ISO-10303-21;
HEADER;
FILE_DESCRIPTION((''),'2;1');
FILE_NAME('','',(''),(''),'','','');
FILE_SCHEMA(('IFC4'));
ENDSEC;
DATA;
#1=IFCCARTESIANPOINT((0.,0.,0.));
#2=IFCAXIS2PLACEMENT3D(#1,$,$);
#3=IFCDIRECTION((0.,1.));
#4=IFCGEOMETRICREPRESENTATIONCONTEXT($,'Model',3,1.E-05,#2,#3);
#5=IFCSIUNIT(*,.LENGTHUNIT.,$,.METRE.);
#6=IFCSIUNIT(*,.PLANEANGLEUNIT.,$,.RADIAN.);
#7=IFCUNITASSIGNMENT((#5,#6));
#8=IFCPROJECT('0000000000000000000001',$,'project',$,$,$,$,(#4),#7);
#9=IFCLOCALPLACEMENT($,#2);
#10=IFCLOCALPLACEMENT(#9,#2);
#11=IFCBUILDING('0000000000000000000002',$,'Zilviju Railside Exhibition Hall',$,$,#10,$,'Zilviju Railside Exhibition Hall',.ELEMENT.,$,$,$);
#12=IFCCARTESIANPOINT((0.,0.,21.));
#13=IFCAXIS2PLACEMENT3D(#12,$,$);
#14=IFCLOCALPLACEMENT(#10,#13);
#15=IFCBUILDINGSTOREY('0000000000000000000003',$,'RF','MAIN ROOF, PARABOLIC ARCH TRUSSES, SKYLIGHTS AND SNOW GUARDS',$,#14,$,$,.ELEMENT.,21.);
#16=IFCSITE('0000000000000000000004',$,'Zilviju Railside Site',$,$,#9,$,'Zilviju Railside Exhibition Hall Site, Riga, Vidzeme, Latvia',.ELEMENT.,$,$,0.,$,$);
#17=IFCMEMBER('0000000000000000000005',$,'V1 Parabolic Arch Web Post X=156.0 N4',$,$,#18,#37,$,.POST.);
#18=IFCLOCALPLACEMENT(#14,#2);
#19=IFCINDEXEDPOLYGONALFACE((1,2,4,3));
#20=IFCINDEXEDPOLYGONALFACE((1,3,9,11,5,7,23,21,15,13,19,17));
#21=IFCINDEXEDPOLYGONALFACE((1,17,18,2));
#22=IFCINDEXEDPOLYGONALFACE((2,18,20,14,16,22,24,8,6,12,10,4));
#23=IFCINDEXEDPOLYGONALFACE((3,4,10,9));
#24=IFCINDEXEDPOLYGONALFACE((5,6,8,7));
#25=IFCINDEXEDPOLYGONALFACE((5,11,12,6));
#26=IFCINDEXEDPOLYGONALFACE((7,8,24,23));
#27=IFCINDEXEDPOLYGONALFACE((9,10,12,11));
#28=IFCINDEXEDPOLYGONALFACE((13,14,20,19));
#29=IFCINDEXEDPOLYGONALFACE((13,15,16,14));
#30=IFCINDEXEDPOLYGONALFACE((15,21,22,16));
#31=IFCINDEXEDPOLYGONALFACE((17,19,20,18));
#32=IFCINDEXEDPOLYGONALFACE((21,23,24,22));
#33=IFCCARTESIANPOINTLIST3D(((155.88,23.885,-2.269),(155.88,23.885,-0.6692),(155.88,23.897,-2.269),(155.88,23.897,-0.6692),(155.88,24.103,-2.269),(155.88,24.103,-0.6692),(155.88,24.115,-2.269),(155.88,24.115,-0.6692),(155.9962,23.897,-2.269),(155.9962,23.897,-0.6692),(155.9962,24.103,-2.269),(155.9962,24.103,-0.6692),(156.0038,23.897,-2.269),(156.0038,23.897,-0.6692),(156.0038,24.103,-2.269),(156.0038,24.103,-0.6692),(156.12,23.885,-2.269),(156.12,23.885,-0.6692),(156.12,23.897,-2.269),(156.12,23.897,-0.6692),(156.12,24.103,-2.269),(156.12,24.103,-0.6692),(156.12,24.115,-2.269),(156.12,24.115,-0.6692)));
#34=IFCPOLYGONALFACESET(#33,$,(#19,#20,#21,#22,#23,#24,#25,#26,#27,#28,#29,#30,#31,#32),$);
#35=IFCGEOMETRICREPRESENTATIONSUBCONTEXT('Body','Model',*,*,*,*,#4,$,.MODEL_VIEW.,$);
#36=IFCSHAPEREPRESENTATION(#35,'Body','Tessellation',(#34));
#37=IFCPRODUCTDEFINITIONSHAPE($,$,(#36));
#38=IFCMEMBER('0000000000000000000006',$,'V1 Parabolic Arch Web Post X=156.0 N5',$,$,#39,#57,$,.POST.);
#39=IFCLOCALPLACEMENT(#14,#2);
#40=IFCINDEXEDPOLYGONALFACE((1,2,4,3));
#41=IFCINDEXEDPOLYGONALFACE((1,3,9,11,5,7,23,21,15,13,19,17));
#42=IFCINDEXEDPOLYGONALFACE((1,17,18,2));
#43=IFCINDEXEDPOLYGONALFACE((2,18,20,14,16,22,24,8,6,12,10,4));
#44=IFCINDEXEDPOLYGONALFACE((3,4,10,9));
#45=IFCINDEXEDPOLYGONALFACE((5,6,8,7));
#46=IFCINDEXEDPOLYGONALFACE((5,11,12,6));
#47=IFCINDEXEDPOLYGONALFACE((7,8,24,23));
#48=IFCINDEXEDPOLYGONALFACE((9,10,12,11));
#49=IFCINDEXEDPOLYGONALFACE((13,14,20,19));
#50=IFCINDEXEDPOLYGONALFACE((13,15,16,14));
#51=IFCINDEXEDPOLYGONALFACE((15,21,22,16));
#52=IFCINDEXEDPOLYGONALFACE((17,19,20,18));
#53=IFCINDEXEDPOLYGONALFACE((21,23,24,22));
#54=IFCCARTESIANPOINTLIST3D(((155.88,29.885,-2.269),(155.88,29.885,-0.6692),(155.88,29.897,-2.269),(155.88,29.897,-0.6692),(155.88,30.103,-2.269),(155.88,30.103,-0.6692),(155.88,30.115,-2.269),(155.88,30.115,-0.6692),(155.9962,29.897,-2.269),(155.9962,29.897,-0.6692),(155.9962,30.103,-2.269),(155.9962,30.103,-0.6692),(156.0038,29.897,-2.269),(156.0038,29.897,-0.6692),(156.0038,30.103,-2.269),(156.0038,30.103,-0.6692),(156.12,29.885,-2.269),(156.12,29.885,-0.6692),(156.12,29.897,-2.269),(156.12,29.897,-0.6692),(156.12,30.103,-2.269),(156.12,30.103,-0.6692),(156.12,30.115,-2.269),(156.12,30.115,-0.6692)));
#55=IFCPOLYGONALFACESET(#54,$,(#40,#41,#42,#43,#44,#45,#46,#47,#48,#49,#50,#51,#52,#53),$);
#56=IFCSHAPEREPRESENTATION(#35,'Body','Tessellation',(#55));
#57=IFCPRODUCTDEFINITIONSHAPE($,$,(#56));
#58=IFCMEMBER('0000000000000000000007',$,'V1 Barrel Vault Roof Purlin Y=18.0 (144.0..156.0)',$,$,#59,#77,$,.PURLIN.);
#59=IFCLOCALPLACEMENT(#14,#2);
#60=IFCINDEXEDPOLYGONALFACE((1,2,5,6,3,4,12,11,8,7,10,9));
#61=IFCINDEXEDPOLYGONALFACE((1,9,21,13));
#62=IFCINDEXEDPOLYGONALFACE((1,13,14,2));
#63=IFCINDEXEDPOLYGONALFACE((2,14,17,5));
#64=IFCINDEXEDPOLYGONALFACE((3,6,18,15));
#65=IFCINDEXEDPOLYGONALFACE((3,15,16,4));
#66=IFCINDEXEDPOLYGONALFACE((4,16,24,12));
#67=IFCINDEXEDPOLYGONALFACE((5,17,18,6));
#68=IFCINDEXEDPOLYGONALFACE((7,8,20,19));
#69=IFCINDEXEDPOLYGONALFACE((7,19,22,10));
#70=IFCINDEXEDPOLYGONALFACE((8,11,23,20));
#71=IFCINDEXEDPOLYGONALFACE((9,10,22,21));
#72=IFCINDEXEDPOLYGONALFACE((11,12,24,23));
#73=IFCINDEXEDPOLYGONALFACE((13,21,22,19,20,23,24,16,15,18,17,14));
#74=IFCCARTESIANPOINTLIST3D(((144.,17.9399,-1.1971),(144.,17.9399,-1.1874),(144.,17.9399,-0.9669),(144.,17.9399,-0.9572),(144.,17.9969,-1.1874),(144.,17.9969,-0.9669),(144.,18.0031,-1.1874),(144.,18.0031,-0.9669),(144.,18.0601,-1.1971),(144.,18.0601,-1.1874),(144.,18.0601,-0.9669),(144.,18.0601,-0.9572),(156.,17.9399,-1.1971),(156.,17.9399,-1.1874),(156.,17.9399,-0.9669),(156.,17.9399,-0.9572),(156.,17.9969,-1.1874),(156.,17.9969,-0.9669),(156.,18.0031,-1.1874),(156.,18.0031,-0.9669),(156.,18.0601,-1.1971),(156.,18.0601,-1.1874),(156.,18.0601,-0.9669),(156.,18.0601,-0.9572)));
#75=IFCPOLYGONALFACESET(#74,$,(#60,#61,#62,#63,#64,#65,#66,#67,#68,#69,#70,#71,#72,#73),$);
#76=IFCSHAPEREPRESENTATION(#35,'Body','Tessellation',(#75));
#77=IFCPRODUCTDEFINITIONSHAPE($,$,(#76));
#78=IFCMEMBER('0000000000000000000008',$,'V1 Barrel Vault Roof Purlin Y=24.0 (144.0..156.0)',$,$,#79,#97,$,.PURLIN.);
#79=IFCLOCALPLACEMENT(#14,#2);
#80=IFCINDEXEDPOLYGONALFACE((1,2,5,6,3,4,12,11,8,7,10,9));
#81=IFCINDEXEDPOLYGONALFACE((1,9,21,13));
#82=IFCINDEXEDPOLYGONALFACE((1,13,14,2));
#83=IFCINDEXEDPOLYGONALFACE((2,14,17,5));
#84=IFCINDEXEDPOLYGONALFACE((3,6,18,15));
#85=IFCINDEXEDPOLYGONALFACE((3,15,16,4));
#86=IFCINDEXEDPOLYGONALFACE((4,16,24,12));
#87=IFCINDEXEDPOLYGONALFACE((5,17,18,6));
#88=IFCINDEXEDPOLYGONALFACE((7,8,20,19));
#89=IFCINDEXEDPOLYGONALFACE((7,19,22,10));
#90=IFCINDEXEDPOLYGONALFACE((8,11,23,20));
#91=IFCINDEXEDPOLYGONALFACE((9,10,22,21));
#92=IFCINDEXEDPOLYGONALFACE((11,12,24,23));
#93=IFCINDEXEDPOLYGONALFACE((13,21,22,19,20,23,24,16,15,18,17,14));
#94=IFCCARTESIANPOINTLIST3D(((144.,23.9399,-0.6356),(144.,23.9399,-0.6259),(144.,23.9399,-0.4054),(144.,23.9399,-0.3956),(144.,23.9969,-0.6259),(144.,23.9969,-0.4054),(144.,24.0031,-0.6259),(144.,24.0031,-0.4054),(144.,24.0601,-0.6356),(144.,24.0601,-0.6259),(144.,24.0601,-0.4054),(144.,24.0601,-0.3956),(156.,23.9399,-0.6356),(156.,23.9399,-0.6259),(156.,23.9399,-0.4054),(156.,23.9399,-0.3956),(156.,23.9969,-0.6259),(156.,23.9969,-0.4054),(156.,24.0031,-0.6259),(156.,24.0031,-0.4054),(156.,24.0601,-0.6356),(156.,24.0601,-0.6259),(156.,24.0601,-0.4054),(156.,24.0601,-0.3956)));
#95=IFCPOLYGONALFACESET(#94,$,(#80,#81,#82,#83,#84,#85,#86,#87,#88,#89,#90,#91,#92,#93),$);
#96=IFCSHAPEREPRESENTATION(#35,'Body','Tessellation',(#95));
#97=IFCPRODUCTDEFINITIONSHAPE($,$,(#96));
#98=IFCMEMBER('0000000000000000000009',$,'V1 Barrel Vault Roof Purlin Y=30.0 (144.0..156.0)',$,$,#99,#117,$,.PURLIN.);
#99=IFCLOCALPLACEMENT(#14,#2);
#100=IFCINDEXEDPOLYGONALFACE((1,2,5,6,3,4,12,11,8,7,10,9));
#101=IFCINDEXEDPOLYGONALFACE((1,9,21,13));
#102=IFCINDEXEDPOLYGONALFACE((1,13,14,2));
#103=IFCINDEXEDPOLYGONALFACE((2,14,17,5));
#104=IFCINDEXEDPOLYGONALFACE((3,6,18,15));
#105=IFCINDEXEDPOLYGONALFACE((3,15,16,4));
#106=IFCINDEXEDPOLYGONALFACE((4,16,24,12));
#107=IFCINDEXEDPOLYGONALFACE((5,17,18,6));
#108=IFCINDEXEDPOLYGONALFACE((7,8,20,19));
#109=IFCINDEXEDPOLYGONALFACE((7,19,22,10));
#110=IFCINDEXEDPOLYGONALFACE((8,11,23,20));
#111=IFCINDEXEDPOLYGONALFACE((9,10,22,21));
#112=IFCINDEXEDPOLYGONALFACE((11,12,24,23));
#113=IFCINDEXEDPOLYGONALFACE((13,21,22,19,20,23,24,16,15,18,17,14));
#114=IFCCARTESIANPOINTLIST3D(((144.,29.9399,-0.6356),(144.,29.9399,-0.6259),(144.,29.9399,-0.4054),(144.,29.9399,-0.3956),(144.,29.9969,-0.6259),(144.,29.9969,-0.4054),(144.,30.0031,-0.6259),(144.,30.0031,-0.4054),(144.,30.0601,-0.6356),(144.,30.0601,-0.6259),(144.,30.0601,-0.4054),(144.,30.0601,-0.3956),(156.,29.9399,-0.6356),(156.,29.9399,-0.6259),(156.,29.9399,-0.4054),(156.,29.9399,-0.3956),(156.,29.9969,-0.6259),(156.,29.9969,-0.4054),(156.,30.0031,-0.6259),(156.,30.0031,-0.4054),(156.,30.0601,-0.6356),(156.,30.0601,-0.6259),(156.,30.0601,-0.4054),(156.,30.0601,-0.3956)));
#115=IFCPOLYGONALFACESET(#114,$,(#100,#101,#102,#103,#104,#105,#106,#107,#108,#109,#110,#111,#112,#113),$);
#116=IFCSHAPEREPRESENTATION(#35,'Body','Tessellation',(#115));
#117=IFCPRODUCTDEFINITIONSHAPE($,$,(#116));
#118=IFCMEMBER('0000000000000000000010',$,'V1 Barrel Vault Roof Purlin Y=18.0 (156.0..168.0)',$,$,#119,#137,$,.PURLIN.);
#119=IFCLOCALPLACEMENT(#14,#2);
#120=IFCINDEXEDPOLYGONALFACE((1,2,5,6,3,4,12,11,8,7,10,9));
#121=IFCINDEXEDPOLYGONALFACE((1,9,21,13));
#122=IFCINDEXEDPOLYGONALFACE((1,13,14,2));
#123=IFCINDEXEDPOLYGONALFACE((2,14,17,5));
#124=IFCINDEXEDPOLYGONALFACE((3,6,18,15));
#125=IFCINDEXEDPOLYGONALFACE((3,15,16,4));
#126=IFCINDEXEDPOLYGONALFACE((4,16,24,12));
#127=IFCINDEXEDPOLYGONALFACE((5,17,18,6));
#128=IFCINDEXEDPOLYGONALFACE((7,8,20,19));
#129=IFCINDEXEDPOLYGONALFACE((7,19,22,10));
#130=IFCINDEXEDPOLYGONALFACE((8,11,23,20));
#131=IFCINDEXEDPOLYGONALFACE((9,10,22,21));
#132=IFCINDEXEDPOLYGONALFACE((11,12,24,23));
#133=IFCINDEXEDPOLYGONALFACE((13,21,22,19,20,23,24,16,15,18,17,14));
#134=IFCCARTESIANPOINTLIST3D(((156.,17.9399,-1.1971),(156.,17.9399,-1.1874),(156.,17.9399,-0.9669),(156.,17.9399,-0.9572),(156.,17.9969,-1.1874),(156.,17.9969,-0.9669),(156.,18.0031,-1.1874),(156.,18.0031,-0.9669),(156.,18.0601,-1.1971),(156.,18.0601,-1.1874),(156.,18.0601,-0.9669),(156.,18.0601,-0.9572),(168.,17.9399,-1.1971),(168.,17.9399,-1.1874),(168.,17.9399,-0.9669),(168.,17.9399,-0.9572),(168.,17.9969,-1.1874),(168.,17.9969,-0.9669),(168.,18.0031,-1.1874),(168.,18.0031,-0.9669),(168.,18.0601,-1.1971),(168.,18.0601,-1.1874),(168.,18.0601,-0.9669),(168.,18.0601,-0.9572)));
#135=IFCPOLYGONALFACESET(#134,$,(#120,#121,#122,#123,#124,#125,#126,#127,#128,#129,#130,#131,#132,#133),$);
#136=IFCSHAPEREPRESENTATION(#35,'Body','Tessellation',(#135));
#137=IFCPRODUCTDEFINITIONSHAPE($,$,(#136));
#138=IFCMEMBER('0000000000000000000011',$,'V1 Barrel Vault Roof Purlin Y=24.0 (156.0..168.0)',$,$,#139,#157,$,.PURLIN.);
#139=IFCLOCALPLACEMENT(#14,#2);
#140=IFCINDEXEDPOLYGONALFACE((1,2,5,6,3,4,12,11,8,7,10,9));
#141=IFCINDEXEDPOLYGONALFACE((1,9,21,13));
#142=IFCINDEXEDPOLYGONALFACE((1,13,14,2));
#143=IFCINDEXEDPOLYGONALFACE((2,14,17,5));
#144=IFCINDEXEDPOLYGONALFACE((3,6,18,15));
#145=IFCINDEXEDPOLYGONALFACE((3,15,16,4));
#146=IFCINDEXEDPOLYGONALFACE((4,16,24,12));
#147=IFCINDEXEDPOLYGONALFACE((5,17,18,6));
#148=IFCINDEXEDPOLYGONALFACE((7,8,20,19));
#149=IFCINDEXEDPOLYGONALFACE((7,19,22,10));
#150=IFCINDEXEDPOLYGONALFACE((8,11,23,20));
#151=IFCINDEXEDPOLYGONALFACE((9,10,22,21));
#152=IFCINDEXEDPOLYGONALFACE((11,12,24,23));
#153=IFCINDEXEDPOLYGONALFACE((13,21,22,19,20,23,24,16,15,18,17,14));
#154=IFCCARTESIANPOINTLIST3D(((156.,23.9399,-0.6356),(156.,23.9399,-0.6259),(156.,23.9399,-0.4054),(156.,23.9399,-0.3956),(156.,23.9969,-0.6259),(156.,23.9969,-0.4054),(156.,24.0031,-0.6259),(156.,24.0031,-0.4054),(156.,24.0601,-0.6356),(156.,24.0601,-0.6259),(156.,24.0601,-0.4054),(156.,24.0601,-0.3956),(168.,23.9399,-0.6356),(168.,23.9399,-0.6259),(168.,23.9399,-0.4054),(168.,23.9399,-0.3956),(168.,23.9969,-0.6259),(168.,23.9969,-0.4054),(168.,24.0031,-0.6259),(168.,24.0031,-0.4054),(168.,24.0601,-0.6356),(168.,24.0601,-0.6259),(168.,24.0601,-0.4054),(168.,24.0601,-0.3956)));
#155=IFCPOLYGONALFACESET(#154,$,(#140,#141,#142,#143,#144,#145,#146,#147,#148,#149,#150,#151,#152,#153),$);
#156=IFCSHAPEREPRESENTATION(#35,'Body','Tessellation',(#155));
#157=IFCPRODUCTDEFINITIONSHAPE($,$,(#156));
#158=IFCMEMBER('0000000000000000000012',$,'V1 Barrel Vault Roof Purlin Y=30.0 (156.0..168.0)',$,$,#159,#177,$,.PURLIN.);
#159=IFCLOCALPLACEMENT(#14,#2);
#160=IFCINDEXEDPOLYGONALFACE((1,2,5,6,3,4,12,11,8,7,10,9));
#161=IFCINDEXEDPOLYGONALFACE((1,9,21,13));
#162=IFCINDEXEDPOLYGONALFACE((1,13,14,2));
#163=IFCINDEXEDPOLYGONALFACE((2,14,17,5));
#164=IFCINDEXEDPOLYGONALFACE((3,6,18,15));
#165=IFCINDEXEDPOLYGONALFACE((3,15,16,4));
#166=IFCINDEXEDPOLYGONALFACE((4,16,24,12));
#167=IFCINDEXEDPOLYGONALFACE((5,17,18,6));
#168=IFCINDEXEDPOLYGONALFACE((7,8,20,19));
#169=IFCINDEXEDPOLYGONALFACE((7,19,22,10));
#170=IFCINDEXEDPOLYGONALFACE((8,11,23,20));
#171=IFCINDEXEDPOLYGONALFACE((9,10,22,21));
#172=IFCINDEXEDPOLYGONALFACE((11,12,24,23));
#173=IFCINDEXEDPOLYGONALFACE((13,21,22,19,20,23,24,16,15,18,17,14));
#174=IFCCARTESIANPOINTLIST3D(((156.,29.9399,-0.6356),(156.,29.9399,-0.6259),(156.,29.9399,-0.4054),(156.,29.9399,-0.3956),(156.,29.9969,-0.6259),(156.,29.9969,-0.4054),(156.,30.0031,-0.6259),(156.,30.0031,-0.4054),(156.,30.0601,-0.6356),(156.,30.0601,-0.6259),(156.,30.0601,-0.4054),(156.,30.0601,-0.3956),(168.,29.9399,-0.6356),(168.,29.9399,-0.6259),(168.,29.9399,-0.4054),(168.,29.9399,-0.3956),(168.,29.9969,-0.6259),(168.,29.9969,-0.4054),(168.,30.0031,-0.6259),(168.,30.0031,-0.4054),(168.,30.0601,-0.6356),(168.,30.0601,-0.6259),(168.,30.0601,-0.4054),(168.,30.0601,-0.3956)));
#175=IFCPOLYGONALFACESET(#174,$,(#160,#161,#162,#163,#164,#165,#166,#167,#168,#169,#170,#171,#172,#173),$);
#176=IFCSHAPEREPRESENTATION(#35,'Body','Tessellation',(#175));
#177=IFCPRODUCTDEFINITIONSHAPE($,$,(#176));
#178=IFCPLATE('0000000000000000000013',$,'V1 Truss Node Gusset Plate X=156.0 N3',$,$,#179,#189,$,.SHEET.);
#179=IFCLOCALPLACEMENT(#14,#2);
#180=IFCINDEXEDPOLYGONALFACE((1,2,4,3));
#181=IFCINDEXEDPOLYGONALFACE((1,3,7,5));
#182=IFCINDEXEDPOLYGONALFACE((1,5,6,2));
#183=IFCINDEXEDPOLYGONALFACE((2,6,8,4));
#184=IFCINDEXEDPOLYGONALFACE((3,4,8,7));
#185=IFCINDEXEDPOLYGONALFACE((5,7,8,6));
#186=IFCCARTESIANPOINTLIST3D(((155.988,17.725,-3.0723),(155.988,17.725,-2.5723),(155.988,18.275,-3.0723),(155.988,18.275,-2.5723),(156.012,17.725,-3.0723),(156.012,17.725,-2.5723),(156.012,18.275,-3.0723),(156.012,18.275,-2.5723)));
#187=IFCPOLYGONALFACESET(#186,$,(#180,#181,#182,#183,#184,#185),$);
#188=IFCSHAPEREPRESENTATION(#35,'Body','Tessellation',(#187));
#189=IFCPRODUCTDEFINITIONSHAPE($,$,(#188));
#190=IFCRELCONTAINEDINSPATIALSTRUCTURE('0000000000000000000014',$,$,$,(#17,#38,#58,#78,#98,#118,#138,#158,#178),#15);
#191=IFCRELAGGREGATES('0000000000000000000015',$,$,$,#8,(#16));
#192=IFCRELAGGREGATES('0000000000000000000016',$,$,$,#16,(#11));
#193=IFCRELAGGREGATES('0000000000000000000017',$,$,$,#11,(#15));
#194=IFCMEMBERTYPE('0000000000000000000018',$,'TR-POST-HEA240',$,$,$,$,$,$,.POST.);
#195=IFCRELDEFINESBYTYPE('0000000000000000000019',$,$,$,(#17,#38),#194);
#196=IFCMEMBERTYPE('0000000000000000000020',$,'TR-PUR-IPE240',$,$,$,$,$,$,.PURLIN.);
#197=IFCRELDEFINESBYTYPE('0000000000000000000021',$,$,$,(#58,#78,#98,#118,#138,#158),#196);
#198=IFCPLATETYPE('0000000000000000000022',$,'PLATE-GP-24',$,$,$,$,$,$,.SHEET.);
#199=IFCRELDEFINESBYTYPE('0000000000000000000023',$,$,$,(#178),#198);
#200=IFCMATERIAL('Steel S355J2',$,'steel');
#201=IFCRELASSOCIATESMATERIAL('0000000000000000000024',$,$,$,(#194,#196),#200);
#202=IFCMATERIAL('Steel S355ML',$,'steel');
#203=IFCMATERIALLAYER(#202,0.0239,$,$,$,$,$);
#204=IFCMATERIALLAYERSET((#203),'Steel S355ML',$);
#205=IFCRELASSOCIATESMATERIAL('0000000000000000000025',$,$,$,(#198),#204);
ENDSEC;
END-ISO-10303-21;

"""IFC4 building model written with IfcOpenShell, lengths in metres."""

from ifc_helpers import new_model, si_unit, direction, frame, origin, origin_2d, place, context, subcontext, project, spatial, rectangle, i_section, extrude, material, layer, layer_set, material_profile, profile_set, type_object, element, save


model = new_model("IFC4")

# Units and contexts
model_context = context("Model", 3, precision=1e-05, world=origin(), true_north=direction((0.0, 1.0)))
body_context = subcontext(model_context, "Body", "Model", "MODEL_VIEW")
ifc_project = project(units=[si_unit("LENGTHUNIT", "METRE"), si_unit("PLANEANGLEUNIT", "RADIAN")], contexts=[model_context])

# Site, building, storey
site_placement = place(None, origin())
site = spatial("IfcSite", under=ifc_project, at=site_placement, Name="Zilviju Railside Site", LongName="Zilviju Railside Exhibition Hall Site, Riga, Vidzeme, Latvia", CompositionType="ELEMENT", RefElevation=0.0)
building_placement = place(site_placement, origin())
building = spatial("IfcBuilding", under=site, at=building_placement, Name="Zilviju Railside Exhibition Hall", LongName="Zilviju Railside Exhibition Hall", CompositionType="ELEMENT")
storey_placement = place(building_placement, frame((0.0, 0.0, 21.0)))
storey = spatial("IfcBuildingStorey", under=building, at=storey_placement, Name="RF", Description="MAIN ROOF, PARABOLIC ARCH TRUSSES, SKYLIGHTS AND SNOW GUARDS", CompositionType="ELEMENT", Elevation=21.0)

# Members
ifc_material_1 = material(Name="Steel S355J2", Category="steel")
ifc_material_profile_1 = material_profile(ifc_material_1, i_section(OverallWidth=0.24, OverallDepth=0.23, WebThickness=0.0076, FlangeThickness=0.012, at=origin_2d()), Name="HEA 240")
ifc_profile_set_1 = profile_set([ifc_material_profile_1], Name="Steel S355J2")
member_type_1 = type_object("IfcMemberType", Name="TR-POST-HEA240", PredefinedType="POST", material=ifc_profile_set_1)
for number, where, z_axis, x_axis, name in (
    (1, (156.0, 24.0, -2.269), (0.0, 0.0, 1.0), (1.0, 0.0, 0.0), "V1 Parabolic Arch Web Post X=156.0 N4"),
    (2, (156.0, 30.0, -2.269), (0.0, 0.0, 1.0), (1.0, 0.0, 0.0), "V1 Parabolic Arch Web Post X=156.0 N5"),
):
    element("IfcMember", number, at=place(storey_placement, frame(where, z_axis=z_axis, x_axis=x_axis)), inside=storey, type_object=member_type_1, Name=name, PredefinedType="POST", context=body_context, shape_type="SweptSolid", body=[
        extrude(i_section(OverallWidth=0.24, OverallDepth=0.23, WebThickness=0.0076, FlangeThickness=0.012, at=origin_2d()), origin(), (0.0, 0.0, 1.0), 1.5999),
    ])
ifc_material_profile_2 = material_profile(ifc_material_1, i_section(OverallWidth=0.1201, OverallDepth=0.24, WebThickness=0.0061, FlangeThickness=0.0098, at=origin_2d()), Name="IPE 240")
ifc_profile_set_2 = profile_set([ifc_material_profile_2], Name="Steel S355J2")
member_type_2 = type_object("IfcMemberType", Name="TR-PUR-IPE240", PredefinedType="PURLIN", material=ifc_profile_set_2)
for number, where, z_axis, x_axis, name in (
    (3, (144.0, 18.0, -1.0771), (1.0, 0.0, 0.0), (0.0, 1.0, 0.0), "V1 Barrel Vault Roof Purlin Y=18.0 (144.0..156.0)"),
    (4, (144.0, 24.0, -0.5156), (1.0, 0.0, 0.0), (0.0, 1.0, 0.0), "V1 Barrel Vault Roof Purlin Y=24.0 (144.0..156.0)"),
    (5, (144.0, 30.0, -0.5156), (1.0, 0.0, 0.0), (0.0, 1.0, 0.0), "V1 Barrel Vault Roof Purlin Y=30.0 (144.0..156.0)"),
    (6, (156.0, 18.0, -1.0771), (1.0, 0.0, 0.0), (0.0, 1.0, 0.0), "V1 Barrel Vault Roof Purlin Y=18.0 (156.0..168.0)"),
    (7, (156.0, 24.0, -0.5156), (1.0, 0.0, 0.0), (0.0, 1.0, 0.0), "V1 Barrel Vault Roof Purlin Y=24.0 (156.0..168.0)"),
    (8, (156.0, 30.0, -0.5156), (1.0, 0.0, 0.0), (0.0, 1.0, 0.0), "V1 Barrel Vault Roof Purlin Y=30.0 (156.0..168.0)"),
):
    element("IfcMember", number, at=place(storey_placement, frame(where, z_axis=z_axis, x_axis=x_axis)), inside=storey, type_object=member_type_2, Name=name, PredefinedType="PURLIN", context=body_context, shape_type="SweptSolid", body=[
        extrude(i_section(OverallWidth=0.1201, OverallDepth=0.24, WebThickness=0.0061, FlangeThickness=0.0098, at=origin_2d()), origin(), (0.0, 0.0, 1.0), 12.0),
    ])

# Plate
ifc_material_2 = material(Name="Steel S355ML", Category="steel")
ifc_layer = layer(ifc_material_2, 0.0239)
ifc_layer_set = layer_set([ifc_layer], Name="Steel S355ML")
plate_type = type_object("IfcPlateType", Name="PLATE-GP-24", PredefinedType="SHEET", material=ifc_layer_set)
plate_placement = place(storey_placement, frame((156.0, 18.0, -3.0723), z_axis=(0.0, 0.0, 1.0), x_axis=(1.0, 0.0, 0.0)))
element("IfcPlate", 9, at=plate_placement, inside=storey, type_object=plate_type, Name="V1 Truss Node Gusset Plate X=156.0 N3", PredefinedType="SHEET", context=body_context, shape_type="SweptSolid", body=[
    extrude(rectangle(XDim=0.0239, YDim=0.55, at=origin_2d()), origin(), (0.0, 0.0, 1.0), 0.5),
])

save(model, "model.ifc")
